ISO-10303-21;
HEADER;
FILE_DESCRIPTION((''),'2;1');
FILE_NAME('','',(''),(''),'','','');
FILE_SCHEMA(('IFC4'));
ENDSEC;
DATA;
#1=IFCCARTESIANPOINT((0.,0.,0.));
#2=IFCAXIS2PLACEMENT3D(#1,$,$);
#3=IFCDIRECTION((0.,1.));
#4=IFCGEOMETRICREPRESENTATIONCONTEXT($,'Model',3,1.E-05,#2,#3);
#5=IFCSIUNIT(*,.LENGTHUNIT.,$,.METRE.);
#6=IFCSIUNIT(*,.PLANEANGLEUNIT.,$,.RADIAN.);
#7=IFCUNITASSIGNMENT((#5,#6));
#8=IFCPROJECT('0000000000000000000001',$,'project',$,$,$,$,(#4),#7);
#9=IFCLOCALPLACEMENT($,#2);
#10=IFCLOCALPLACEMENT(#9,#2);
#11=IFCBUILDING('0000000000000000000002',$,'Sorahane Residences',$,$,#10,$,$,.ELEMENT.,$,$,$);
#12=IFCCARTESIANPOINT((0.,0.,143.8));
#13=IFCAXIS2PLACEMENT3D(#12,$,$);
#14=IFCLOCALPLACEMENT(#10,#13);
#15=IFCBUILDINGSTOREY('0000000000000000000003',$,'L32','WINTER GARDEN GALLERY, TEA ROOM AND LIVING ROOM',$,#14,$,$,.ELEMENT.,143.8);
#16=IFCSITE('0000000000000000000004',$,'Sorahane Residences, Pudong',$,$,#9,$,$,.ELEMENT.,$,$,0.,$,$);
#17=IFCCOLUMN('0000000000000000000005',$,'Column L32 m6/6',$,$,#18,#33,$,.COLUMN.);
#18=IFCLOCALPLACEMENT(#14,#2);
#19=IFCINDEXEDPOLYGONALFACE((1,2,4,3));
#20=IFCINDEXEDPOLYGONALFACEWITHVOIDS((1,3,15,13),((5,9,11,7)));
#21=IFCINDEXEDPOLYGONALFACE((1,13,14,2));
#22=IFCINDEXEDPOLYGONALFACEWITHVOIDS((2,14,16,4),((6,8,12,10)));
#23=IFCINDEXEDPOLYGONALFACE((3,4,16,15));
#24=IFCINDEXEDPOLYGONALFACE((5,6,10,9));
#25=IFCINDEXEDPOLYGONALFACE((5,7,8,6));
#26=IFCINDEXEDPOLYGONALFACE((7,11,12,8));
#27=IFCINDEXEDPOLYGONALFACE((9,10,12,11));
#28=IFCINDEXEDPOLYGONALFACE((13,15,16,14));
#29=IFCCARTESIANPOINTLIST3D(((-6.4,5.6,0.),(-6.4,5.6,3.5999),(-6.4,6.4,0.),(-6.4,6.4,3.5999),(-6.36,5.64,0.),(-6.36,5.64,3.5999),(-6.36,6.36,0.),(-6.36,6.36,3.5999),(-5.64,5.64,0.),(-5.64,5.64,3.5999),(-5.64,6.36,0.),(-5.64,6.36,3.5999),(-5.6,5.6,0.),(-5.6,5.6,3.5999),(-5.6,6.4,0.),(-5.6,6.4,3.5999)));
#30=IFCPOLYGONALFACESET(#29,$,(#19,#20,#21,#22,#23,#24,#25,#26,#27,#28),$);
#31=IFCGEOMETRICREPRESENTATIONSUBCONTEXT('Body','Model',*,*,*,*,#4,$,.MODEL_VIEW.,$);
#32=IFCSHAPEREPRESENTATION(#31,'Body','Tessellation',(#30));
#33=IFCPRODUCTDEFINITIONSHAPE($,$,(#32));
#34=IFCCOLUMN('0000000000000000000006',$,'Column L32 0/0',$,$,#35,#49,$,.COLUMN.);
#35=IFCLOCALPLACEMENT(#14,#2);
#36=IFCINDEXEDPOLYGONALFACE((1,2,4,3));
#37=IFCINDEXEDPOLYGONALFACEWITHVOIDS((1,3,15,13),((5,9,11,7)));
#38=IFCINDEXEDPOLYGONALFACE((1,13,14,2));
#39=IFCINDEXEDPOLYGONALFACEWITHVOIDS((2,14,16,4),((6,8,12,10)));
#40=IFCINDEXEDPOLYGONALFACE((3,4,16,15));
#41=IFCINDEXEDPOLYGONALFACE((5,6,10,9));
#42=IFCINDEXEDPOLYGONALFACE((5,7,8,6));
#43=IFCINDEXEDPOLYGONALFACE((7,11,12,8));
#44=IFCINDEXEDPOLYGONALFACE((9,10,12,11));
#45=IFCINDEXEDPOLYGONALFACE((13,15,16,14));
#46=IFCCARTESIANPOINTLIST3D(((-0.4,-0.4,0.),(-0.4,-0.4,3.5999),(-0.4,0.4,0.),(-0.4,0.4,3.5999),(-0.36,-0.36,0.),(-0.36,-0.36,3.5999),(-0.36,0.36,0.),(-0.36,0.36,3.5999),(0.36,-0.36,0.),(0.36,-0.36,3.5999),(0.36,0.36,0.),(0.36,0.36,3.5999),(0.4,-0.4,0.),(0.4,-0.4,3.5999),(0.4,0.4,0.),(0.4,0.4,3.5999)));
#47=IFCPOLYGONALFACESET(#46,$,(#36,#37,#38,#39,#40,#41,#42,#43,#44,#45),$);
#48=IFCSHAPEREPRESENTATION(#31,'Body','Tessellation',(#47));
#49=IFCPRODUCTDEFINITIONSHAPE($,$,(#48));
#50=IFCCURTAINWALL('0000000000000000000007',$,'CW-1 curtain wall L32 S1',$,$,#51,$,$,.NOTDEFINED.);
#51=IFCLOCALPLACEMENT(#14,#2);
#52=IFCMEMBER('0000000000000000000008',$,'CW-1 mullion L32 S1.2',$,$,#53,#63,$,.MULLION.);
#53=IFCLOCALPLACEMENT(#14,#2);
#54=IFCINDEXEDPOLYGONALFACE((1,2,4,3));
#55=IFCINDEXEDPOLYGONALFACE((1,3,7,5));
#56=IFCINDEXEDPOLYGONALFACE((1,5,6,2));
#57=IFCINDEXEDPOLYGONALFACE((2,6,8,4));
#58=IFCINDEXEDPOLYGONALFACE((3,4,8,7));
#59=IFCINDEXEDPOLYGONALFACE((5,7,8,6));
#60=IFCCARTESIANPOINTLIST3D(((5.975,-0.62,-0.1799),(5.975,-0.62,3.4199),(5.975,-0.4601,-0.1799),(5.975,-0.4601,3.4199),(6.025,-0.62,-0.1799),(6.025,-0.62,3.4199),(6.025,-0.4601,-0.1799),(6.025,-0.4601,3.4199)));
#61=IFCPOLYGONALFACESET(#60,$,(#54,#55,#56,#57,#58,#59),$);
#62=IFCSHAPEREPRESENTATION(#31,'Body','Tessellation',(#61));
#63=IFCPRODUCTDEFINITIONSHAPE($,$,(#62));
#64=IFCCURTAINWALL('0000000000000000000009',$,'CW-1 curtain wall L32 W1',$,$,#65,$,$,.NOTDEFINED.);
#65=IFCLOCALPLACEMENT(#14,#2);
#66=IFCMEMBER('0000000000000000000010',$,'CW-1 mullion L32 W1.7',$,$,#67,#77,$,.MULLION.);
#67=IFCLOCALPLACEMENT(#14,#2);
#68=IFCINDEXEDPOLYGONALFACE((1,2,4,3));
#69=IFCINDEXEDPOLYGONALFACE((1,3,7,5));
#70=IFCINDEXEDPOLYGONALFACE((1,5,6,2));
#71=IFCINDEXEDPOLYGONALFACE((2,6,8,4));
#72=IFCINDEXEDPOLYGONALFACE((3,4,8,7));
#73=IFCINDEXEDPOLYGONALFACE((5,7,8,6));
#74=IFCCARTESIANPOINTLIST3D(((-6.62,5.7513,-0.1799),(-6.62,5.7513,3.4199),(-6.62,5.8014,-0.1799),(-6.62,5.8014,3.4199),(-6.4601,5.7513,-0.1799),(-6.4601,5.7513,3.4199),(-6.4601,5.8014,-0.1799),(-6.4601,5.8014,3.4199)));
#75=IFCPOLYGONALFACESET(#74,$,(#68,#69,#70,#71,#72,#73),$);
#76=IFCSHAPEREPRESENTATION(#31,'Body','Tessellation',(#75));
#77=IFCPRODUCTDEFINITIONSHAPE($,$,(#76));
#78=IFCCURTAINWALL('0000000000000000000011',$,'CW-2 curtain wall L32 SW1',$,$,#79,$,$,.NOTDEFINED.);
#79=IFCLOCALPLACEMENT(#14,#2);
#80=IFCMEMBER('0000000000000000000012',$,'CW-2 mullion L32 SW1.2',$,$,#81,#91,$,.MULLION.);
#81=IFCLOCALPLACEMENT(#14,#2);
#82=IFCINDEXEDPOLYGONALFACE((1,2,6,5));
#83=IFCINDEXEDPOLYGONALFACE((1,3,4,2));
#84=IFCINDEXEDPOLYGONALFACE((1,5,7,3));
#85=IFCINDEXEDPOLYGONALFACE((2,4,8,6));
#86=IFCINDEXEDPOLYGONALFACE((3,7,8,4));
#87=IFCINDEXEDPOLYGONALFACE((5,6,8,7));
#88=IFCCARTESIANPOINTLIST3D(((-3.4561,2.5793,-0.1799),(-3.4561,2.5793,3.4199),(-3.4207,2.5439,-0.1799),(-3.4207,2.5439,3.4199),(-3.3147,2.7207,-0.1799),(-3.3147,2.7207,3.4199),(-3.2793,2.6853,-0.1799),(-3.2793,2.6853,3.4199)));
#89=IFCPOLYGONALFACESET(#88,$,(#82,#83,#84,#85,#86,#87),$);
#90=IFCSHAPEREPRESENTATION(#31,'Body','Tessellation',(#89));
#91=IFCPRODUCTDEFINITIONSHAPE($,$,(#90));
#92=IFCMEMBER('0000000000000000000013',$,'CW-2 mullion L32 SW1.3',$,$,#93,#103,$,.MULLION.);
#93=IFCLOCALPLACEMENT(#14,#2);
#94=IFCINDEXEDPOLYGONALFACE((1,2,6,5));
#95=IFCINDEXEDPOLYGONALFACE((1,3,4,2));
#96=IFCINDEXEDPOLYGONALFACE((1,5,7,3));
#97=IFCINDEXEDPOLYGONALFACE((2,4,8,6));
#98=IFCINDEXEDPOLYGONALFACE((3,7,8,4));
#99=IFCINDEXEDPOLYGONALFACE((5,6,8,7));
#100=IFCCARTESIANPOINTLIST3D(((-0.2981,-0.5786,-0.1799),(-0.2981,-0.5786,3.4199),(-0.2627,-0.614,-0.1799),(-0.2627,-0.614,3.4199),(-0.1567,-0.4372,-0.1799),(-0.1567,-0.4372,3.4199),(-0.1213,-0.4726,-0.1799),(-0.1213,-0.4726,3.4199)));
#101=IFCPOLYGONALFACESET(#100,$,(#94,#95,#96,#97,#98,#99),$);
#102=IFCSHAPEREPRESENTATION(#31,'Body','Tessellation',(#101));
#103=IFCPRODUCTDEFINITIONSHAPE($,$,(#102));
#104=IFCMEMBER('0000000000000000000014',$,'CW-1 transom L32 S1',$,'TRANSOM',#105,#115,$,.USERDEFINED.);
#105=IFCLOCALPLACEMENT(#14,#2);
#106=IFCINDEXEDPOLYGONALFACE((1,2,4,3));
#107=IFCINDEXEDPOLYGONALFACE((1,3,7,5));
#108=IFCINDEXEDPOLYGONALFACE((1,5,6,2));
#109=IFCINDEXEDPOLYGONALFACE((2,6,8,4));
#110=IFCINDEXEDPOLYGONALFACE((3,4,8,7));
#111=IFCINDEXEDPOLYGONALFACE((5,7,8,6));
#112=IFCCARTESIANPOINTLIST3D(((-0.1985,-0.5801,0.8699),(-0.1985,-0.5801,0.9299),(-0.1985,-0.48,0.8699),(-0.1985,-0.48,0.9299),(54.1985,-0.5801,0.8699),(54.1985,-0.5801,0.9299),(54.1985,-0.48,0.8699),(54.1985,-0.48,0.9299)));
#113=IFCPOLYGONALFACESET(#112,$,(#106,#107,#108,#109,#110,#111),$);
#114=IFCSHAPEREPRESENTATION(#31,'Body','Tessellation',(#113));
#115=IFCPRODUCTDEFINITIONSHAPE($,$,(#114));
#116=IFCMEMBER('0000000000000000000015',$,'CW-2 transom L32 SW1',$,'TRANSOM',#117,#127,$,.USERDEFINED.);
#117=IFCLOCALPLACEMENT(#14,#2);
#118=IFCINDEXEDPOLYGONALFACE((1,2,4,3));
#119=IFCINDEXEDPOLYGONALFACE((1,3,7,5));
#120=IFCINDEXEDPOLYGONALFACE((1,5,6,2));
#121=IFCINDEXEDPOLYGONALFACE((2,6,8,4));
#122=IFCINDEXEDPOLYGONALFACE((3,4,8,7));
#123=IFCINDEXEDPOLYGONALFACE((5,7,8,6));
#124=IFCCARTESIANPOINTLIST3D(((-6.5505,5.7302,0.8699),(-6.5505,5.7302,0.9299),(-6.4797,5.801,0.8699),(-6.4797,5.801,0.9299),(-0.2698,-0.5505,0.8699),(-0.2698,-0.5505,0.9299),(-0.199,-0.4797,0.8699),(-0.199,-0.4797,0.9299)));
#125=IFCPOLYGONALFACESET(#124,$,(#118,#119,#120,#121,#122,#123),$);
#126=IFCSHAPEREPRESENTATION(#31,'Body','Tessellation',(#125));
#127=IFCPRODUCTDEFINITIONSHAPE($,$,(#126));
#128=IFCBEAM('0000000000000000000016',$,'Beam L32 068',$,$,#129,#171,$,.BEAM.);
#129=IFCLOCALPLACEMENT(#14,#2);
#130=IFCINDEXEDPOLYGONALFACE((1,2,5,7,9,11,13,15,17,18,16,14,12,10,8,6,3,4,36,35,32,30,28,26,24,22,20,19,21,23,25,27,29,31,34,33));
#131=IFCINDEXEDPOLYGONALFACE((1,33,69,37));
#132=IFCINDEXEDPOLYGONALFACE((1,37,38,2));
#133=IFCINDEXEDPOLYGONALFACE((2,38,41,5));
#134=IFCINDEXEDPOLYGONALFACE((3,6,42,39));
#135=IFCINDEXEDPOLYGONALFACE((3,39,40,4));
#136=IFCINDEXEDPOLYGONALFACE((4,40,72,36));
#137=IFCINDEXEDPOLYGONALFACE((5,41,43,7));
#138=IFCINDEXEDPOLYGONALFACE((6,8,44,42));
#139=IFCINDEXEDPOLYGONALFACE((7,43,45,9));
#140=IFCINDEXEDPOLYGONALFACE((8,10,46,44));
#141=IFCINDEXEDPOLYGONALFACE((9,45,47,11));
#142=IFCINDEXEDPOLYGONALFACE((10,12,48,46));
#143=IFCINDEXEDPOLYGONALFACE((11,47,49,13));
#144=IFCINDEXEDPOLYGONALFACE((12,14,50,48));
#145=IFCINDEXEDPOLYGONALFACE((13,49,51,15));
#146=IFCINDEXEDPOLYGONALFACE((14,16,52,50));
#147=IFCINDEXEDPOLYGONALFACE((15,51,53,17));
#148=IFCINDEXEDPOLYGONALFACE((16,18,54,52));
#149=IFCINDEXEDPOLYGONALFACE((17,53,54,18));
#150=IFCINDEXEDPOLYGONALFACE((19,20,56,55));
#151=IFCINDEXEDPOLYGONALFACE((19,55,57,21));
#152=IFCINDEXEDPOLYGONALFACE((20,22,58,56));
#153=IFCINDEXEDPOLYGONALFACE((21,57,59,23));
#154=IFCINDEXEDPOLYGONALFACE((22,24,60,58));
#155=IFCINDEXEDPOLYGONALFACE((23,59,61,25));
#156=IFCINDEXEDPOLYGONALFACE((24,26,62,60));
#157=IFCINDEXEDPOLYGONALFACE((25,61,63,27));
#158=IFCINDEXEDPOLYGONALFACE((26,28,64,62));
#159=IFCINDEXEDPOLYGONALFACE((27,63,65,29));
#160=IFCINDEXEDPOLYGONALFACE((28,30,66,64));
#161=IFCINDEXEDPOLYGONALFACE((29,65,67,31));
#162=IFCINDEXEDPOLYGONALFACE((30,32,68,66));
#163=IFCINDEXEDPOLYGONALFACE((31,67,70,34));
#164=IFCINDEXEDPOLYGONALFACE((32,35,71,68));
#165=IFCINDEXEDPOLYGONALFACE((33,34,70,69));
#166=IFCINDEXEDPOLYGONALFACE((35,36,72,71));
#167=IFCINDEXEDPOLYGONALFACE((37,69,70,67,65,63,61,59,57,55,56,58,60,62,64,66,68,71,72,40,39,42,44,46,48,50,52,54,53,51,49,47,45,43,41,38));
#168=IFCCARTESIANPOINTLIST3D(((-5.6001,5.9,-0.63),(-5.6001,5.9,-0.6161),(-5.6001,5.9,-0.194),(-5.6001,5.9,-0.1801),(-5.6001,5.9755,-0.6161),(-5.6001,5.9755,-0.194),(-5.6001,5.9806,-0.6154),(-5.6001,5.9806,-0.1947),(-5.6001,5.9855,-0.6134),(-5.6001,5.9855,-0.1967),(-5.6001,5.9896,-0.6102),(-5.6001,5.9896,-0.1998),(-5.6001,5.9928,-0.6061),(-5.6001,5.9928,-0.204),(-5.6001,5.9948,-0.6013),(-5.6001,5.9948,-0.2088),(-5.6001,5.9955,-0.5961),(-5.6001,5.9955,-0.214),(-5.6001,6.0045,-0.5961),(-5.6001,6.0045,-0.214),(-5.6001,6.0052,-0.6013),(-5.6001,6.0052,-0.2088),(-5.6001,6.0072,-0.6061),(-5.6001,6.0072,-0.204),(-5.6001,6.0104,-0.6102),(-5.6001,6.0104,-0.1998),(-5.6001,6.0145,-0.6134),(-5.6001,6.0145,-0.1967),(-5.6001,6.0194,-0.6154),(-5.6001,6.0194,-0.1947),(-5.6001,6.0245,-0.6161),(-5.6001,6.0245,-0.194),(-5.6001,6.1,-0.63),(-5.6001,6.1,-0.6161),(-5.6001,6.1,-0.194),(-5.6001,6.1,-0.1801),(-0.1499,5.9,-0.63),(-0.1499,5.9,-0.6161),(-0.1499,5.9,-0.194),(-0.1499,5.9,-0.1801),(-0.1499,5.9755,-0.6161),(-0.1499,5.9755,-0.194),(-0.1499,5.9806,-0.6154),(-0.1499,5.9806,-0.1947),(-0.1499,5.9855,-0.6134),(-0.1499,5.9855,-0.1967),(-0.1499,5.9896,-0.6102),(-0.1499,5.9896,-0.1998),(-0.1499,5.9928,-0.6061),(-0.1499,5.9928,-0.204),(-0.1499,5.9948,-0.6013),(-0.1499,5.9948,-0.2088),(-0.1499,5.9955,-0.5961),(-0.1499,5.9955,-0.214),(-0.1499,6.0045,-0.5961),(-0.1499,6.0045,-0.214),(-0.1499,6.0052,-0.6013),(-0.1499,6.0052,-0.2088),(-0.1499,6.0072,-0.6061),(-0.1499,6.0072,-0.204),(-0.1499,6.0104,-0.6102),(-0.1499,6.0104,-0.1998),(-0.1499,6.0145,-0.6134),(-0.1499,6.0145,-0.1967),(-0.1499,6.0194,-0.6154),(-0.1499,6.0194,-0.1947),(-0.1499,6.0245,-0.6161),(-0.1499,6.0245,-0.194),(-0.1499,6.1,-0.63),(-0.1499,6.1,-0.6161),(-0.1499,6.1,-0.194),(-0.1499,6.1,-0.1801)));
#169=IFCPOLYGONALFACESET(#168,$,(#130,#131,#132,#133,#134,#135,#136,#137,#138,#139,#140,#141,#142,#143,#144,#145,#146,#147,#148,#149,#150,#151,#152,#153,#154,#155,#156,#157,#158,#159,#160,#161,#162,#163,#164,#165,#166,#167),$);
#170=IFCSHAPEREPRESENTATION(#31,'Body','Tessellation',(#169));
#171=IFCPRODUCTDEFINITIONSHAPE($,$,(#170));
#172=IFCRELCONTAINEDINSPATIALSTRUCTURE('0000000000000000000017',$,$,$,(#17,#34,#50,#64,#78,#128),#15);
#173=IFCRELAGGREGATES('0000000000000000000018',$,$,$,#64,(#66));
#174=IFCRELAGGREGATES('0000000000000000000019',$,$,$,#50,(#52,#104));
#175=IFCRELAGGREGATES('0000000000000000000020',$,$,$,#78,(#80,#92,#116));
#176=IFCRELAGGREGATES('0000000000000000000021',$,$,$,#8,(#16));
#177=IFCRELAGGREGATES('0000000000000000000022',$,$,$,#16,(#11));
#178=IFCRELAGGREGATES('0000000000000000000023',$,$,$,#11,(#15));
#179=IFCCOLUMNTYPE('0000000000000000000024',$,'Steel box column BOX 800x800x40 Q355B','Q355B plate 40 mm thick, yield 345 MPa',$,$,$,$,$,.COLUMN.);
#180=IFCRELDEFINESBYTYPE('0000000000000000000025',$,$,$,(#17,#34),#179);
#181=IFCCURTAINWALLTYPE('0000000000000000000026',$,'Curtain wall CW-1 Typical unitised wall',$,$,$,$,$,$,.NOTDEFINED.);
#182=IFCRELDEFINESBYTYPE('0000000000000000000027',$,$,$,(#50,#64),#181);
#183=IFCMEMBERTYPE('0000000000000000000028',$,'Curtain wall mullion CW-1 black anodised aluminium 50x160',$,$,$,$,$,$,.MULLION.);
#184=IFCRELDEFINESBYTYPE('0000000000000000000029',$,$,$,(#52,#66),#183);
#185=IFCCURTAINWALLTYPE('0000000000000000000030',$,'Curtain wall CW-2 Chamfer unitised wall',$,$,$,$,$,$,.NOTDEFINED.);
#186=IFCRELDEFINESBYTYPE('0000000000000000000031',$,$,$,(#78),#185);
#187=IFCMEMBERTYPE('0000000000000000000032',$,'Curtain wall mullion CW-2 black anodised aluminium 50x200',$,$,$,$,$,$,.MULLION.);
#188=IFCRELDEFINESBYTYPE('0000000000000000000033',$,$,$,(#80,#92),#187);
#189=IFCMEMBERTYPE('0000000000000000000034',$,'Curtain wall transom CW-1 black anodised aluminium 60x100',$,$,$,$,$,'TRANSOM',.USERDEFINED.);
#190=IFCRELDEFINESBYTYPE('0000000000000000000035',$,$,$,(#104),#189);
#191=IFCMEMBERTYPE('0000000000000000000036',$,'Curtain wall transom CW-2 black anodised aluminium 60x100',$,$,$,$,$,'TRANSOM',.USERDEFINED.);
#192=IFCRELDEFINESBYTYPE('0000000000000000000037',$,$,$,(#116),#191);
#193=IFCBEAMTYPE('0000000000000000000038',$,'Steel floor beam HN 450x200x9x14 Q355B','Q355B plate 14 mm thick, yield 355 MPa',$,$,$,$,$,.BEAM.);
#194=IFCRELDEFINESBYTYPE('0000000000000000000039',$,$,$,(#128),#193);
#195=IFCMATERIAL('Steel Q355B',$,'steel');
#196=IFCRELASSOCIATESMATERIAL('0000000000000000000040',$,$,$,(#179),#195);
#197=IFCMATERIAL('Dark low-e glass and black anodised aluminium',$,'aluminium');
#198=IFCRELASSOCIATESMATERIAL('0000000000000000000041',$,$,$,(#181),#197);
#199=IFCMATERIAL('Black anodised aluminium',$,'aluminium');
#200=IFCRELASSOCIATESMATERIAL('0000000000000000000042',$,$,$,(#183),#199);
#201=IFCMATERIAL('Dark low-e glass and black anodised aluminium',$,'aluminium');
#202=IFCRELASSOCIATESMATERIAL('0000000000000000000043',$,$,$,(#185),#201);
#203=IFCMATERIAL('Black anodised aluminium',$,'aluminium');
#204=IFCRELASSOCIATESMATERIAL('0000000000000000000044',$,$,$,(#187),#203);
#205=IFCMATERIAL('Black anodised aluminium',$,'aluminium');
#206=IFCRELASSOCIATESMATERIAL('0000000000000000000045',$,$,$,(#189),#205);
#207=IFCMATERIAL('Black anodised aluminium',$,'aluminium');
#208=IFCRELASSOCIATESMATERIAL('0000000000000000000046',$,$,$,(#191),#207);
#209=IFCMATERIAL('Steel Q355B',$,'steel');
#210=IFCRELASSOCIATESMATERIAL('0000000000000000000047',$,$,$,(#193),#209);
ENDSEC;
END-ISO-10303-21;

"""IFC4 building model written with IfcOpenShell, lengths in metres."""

from ifc_helpers import new_model, si_unit, direction, frame, origin, origin_2d, place, context, subcontext, project, spatial, rectangle, hollow_rectangle, i_section, extrude, material, material_profile, profile_set, type_object, element, aggregate, save


model = new_model("IFC4")

# Units and contexts
model_context = context("Model", 3, precision=1e-05, world=origin(), true_north=direction((0.0, 1.0)))
body_context = subcontext(model_context, "Body", "Model", "MODEL_VIEW")
ifc_project = project(units=[si_unit("LENGTHUNIT", "METRE"), si_unit("PLANEANGLEUNIT", "RADIAN")], contexts=[model_context])

# Site, building, storey
site_placement = place(None, origin())
site = spatial("IfcSite", under=ifc_project, at=site_placement, Name="Sorahane Residences, Pudong", CompositionType="ELEMENT", RefElevation=0.0)
building_placement = place(site_placement, origin())
building = spatial("IfcBuilding", under=site, at=building_placement, Name="Sorahane Residences", CompositionType="ELEMENT")
storey_placement = place(building_placement, frame((0.0, 0.0, 143.8)))
storey = spatial("IfcBuildingStorey", under=building, at=storey_placement, Name="L32", Description="WINTER GARDEN GALLERY, TEA ROOM AND LIVING ROOM", CompositionType="ELEMENT", Elevation=143.8)

# Columns
ifc_material_1 = material(Name="Steel Q355B", Category="steel")
ifc_material_profile_1 = material_profile(ifc_material_1, hollow_rectangle(XDim=0.8, YDim=0.8, WallThickness=0.04, at=origin_2d()), Name="BOX 800x800x40")
ifc_profile_set_1 = profile_set([ifc_material_profile_1], Name="Steel Q355B")
column_type = type_object("IfcColumnType", Name="Steel box column BOX 800x800x40 Q355B", Description="Q355B plate 40 mm thick, yield 345 MPa", PredefinedType="COLUMN", material=ifc_profile_set_1)
for number, where, z_axis, x_axis, name in (
    (1, (-6.0, 6.0, 0.0), (0.0, 0.0, 1.0), (1.0, 0.0, 0.0), "Column L32 m6/6"),
    (2, (0.0, 0.0, 0.0), (0.0, 0.0, 1.0), (1.0, 0.0, 0.0), "Column L32 0/0"),
):
    element("IfcColumn", number, at=place(storey_placement, frame(where, z_axis=z_axis, x_axis=x_axis)), inside=storey, type_object=column_type, Name=name, PredefinedType="COLUMN", context=body_context, shape_type="SweptSolid", body=[
        extrude(hollow_rectangle(XDim=0.8, YDim=0.8, WallThickness=0.04, at=origin_2d()), origin(), (0.0, 0.0, 1.0), 3.5999),
    ])

# Curtain walls, members
ifc_material_2 = material(Name="Dark low-e glass and black anodised aluminium", Category="aluminium")
curtain_wall_type_1 = type_object("IfcCurtainWallType", Name="Curtain wall CW-1 Typical unitised wall", PredefinedType="NOTDEFINED", material=ifc_material_2)
curtain_wall_1_placement = place(storey_placement, origin())
curtain_wall_1 = element("IfcCurtainWall", 3, at=curtain_wall_1_placement, inside=storey, type_object=curtain_wall_type_1, Name="CW-1 curtain wall L32 S1", PredefinedType="NOTDEFINED")
ifc_material_3 = material(Name="Black anodised aluminium", Category="aluminium")
ifc_material_profile_2 = material_profile(ifc_material_3, rectangle(XDim=0.1599, YDim=0.05, at=origin_2d()), Name="Curtain wall mullion CW-1 black anodised aluminium 50x160")
ifc_profile_set_2 = profile_set([ifc_material_profile_2], Name="Black anodised aluminium")
member_type_1 = type_object("IfcMemberType", Name="Curtain wall mullion CW-1 black anodised aluminium 50x160", PredefinedType="MULLION", material=ifc_profile_set_2)
member_1_placement = place(storey_placement, frame((6.0, -0.54, -0.1799), z_axis=(0.0, 0.0, 1.0), x_axis=(0.0, -1.0, 0.0)))
member_1 = element("IfcMember", 4, at=member_1_placement, type_object=member_type_1, Name="CW-1 mullion L32 S1.2", PredefinedType="MULLION", context=body_context, shape_type="SweptSolid", body=[
    extrude(rectangle(XDim=0.1599, YDim=0.05, at=origin_2d()), origin(), (0.0, 0.0, 1.0), 3.5999),
])
curtain_wall_2_placement = place(storey_placement, origin())
curtain_wall_2 = element("IfcCurtainWall", 5, at=curtain_wall_2_placement, inside=storey, type_object=curtain_wall_type_1, Name="CW-1 curtain wall L32 W1", PredefinedType="NOTDEFINED")
member_2_placement = place(storey_placement, frame((-6.54, 5.7764, -0.1799), z_axis=(0.0, 0.0, 1.0), x_axis=(-1.0, 0.0, 0.0)))
member_2 = element("IfcMember", 6, at=member_2_placement, type_object=member_type_1, Name="CW-1 mullion L32 W1.7", PredefinedType="MULLION", context=body_context, shape_type="SweptSolid", body=[
    extrude(rectangle(XDim=0.1599, YDim=0.05, at=origin_2d()), origin(), (0.0, 0.0, 1.0), 3.5999),
])
aggregate(curtain_wall_2, [member_2])

# Curtain wall, members
ifc_material_4 = material(Name="Dark low-e glass and black anodised aluminium", Category="aluminium")
curtain_wall_type_2 = type_object("IfcCurtainWallType", Name="Curtain wall CW-2 Chamfer unitised wall", PredefinedType="NOTDEFINED", material=ifc_material_4)
curtain_wall_3_placement = place(storey_placement, origin())
curtain_wall_3 = element("IfcCurtainWall", 7, at=curtain_wall_3_placement, inside=storey, type_object=curtain_wall_type_2, Name="CW-2 curtain wall L32 SW1", PredefinedType="NOTDEFINED")
ifc_material_5 = material(Name="Black anodised aluminium", Category="aluminium")
ifc_material_profile_3 = material_profile(ifc_material_5, rectangle(XDim=0.2, YDim=0.05, at=origin_2d()), Name="Curtain wall mullion CW-2 black anodised aluminium 50x200")
ifc_profile_set_3 = profile_set([ifc_material_profile_3], Name="Black anodised aluminium")
member_type_2 = type_object("IfcMemberType", Name="Curtain wall mullion CW-2 black anodised aluminium 50x200", PredefinedType="MULLION", material=ifc_profile_set_3)
member_3_placement = place(storey_placement, frame((-3.3677, 2.6323, -0.1799), z_axis=(0.0, 0.0, 1.0), x_axis=(-0.707107, -0.707107, 0.0)))
member_3 = element("IfcMember", 8, at=member_3_placement, type_object=member_type_2, Name="CW-2 mullion L32 SW1.2", PredefinedType="MULLION", context=body_context, shape_type="SweptSolid", body=[
    extrude(rectangle(XDim=0.2, YDim=0.05, at=origin_2d()), origin(), (0.0, 0.0, 1.0), 3.5999),
])
member_4_placement = place(storey_placement, frame((-0.2097, -0.5256, -0.1799), z_axis=(0.0, 0.0, 1.0), x_axis=(-0.707107, -0.707107, 0.0)))
member_4 = element("IfcMember", 9, at=member_4_placement, type_object=member_type_2, Name="CW-2 mullion L32 SW1.3", PredefinedType="MULLION", context=body_context, shape_type="SweptSolid", body=[
    extrude(rectangle(XDim=0.2, YDim=0.05, at=origin_2d()), origin(), (0.0, 0.0, 1.0), 3.5999),
])

# Members
ifc_material_6 = material(Name="Black anodised aluminium", Category="aluminium")
ifc_material_profile_4 = material_profile(ifc_material_6, rectangle(XDim=0.1001, YDim=0.0601, at=origin_2d()), Name="Curtain wall transom CW-1 black anodised aluminium 60x100")
ifc_profile_set_4 = profile_set([ifc_material_profile_4], Name="Black anodised aluminium")
member_type_3 = type_object("IfcMemberType", Name="Curtain wall transom CW-1 black anodised aluminium 60x100", ElementType="TRANSOM", PredefinedType="USERDEFINED", material=ifc_profile_set_4)
member_5_placement = place(storey_placement, frame((-0.1985, -0.53, 0.8999), z_axis=(1.0, 0.0, 0.0), x_axis=(0.0, 1.0, 0.0)))
member_5 = element("IfcMember", 10, at=member_5_placement, type_object=member_type_3, Name="CW-1 transom L32 S1", ObjectType="TRANSOM", PredefinedType="USERDEFINED", context=body_context, shape_type="SweptSolid", body=[
    extrude(rectangle(XDim=0.1001, YDim=0.0601, at=origin_2d()), origin(), (0.0, 0.0, 1.0), 54.397),
])
ifc_material_7 = material(Name="Black anodised aluminium", Category="aluminium")
ifc_material_profile_5 = material_profile(ifc_material_7, rectangle(XDim=0.1001, YDim=0.0601, at=origin_2d()), Name="Curtain wall transom CW-2 black anodised aluminium 60x100")
ifc_profile_set_5 = profile_set([ifc_material_profile_5], Name="Black anodised aluminium")
member_type_4 = type_object("IfcMemberType", Name="Curtain wall transom CW-2 black anodised aluminium 60x100", ElementType="TRANSOM", PredefinedType="USERDEFINED", material=ifc_profile_set_5)
member_6_placement = place(storey_placement, frame((-6.5151, 5.7656, 0.8999), z_axis=(0.707107, -0.707107, 0.0), x_axis=(0.707107, 0.707107, 0.0)))
member_6 = element("IfcMember", 11, at=member_6_placement, type_object=member_type_4, Name="CW-2 transom L32 SW1", ObjectType="TRANSOM", PredefinedType="USERDEFINED", context=body_context, shape_type="SweptSolid", body=[
    extrude(rectangle(XDim=0.1001, YDim=0.0601, at=origin_2d()), origin(), (0.0, 0.0, 1.0), 8.8823),
])

# Beam
ifc_material_8 = material(Name="Steel Q355B", Category="steel")
ifc_material_profile_6 = material_profile(ifc_material_8, i_section(OverallWidth=0.2, OverallDepth=0.45, WebThickness=0.009, FlangeThickness=0.0139, FilletRadius=0.02, at=origin_2d()), Name="HN 450x200x9x14")
ifc_profile_set_6 = profile_set([ifc_material_profile_6], Name="Steel Q355B")
beam_type_1 = type_object("IfcBeamType", Name="Steel floor beam HN 450x200x9x14 Q355B", Description="Q355B plate 14 mm thick, yield 355 MPa", PredefinedType="BEAM", material=ifc_profile_set_6)
beam_1_placement = place(storey_placement, frame((-5.6001, 6.0, -0.405), z_axis=(1.0, 0.0, 0.0), x_axis=(0.0, 1.0, 0.0)))
element("IfcBeam", 12, at=beam_1_placement, inside=storey, type_object=beam_type_1, Name="Beam L32 068", PredefinedType="BEAM", context=body_context, shape_type="SweptSolid", body=[
    extrude(i_section(OverallWidth=0.2, OverallDepth=0.45, WebThickness=0.009, FlangeThickness=0.0139, FilletRadius=0.02, at=origin_2d()), origin(), (0.0, 0.0, 1.0), 5.4502),
])

aggregate(curtain_wall_1, [member_1, member_5])
aggregate(curtain_wall_3, [member_3, member_4, member_6])

save(model, "model.ifc")
